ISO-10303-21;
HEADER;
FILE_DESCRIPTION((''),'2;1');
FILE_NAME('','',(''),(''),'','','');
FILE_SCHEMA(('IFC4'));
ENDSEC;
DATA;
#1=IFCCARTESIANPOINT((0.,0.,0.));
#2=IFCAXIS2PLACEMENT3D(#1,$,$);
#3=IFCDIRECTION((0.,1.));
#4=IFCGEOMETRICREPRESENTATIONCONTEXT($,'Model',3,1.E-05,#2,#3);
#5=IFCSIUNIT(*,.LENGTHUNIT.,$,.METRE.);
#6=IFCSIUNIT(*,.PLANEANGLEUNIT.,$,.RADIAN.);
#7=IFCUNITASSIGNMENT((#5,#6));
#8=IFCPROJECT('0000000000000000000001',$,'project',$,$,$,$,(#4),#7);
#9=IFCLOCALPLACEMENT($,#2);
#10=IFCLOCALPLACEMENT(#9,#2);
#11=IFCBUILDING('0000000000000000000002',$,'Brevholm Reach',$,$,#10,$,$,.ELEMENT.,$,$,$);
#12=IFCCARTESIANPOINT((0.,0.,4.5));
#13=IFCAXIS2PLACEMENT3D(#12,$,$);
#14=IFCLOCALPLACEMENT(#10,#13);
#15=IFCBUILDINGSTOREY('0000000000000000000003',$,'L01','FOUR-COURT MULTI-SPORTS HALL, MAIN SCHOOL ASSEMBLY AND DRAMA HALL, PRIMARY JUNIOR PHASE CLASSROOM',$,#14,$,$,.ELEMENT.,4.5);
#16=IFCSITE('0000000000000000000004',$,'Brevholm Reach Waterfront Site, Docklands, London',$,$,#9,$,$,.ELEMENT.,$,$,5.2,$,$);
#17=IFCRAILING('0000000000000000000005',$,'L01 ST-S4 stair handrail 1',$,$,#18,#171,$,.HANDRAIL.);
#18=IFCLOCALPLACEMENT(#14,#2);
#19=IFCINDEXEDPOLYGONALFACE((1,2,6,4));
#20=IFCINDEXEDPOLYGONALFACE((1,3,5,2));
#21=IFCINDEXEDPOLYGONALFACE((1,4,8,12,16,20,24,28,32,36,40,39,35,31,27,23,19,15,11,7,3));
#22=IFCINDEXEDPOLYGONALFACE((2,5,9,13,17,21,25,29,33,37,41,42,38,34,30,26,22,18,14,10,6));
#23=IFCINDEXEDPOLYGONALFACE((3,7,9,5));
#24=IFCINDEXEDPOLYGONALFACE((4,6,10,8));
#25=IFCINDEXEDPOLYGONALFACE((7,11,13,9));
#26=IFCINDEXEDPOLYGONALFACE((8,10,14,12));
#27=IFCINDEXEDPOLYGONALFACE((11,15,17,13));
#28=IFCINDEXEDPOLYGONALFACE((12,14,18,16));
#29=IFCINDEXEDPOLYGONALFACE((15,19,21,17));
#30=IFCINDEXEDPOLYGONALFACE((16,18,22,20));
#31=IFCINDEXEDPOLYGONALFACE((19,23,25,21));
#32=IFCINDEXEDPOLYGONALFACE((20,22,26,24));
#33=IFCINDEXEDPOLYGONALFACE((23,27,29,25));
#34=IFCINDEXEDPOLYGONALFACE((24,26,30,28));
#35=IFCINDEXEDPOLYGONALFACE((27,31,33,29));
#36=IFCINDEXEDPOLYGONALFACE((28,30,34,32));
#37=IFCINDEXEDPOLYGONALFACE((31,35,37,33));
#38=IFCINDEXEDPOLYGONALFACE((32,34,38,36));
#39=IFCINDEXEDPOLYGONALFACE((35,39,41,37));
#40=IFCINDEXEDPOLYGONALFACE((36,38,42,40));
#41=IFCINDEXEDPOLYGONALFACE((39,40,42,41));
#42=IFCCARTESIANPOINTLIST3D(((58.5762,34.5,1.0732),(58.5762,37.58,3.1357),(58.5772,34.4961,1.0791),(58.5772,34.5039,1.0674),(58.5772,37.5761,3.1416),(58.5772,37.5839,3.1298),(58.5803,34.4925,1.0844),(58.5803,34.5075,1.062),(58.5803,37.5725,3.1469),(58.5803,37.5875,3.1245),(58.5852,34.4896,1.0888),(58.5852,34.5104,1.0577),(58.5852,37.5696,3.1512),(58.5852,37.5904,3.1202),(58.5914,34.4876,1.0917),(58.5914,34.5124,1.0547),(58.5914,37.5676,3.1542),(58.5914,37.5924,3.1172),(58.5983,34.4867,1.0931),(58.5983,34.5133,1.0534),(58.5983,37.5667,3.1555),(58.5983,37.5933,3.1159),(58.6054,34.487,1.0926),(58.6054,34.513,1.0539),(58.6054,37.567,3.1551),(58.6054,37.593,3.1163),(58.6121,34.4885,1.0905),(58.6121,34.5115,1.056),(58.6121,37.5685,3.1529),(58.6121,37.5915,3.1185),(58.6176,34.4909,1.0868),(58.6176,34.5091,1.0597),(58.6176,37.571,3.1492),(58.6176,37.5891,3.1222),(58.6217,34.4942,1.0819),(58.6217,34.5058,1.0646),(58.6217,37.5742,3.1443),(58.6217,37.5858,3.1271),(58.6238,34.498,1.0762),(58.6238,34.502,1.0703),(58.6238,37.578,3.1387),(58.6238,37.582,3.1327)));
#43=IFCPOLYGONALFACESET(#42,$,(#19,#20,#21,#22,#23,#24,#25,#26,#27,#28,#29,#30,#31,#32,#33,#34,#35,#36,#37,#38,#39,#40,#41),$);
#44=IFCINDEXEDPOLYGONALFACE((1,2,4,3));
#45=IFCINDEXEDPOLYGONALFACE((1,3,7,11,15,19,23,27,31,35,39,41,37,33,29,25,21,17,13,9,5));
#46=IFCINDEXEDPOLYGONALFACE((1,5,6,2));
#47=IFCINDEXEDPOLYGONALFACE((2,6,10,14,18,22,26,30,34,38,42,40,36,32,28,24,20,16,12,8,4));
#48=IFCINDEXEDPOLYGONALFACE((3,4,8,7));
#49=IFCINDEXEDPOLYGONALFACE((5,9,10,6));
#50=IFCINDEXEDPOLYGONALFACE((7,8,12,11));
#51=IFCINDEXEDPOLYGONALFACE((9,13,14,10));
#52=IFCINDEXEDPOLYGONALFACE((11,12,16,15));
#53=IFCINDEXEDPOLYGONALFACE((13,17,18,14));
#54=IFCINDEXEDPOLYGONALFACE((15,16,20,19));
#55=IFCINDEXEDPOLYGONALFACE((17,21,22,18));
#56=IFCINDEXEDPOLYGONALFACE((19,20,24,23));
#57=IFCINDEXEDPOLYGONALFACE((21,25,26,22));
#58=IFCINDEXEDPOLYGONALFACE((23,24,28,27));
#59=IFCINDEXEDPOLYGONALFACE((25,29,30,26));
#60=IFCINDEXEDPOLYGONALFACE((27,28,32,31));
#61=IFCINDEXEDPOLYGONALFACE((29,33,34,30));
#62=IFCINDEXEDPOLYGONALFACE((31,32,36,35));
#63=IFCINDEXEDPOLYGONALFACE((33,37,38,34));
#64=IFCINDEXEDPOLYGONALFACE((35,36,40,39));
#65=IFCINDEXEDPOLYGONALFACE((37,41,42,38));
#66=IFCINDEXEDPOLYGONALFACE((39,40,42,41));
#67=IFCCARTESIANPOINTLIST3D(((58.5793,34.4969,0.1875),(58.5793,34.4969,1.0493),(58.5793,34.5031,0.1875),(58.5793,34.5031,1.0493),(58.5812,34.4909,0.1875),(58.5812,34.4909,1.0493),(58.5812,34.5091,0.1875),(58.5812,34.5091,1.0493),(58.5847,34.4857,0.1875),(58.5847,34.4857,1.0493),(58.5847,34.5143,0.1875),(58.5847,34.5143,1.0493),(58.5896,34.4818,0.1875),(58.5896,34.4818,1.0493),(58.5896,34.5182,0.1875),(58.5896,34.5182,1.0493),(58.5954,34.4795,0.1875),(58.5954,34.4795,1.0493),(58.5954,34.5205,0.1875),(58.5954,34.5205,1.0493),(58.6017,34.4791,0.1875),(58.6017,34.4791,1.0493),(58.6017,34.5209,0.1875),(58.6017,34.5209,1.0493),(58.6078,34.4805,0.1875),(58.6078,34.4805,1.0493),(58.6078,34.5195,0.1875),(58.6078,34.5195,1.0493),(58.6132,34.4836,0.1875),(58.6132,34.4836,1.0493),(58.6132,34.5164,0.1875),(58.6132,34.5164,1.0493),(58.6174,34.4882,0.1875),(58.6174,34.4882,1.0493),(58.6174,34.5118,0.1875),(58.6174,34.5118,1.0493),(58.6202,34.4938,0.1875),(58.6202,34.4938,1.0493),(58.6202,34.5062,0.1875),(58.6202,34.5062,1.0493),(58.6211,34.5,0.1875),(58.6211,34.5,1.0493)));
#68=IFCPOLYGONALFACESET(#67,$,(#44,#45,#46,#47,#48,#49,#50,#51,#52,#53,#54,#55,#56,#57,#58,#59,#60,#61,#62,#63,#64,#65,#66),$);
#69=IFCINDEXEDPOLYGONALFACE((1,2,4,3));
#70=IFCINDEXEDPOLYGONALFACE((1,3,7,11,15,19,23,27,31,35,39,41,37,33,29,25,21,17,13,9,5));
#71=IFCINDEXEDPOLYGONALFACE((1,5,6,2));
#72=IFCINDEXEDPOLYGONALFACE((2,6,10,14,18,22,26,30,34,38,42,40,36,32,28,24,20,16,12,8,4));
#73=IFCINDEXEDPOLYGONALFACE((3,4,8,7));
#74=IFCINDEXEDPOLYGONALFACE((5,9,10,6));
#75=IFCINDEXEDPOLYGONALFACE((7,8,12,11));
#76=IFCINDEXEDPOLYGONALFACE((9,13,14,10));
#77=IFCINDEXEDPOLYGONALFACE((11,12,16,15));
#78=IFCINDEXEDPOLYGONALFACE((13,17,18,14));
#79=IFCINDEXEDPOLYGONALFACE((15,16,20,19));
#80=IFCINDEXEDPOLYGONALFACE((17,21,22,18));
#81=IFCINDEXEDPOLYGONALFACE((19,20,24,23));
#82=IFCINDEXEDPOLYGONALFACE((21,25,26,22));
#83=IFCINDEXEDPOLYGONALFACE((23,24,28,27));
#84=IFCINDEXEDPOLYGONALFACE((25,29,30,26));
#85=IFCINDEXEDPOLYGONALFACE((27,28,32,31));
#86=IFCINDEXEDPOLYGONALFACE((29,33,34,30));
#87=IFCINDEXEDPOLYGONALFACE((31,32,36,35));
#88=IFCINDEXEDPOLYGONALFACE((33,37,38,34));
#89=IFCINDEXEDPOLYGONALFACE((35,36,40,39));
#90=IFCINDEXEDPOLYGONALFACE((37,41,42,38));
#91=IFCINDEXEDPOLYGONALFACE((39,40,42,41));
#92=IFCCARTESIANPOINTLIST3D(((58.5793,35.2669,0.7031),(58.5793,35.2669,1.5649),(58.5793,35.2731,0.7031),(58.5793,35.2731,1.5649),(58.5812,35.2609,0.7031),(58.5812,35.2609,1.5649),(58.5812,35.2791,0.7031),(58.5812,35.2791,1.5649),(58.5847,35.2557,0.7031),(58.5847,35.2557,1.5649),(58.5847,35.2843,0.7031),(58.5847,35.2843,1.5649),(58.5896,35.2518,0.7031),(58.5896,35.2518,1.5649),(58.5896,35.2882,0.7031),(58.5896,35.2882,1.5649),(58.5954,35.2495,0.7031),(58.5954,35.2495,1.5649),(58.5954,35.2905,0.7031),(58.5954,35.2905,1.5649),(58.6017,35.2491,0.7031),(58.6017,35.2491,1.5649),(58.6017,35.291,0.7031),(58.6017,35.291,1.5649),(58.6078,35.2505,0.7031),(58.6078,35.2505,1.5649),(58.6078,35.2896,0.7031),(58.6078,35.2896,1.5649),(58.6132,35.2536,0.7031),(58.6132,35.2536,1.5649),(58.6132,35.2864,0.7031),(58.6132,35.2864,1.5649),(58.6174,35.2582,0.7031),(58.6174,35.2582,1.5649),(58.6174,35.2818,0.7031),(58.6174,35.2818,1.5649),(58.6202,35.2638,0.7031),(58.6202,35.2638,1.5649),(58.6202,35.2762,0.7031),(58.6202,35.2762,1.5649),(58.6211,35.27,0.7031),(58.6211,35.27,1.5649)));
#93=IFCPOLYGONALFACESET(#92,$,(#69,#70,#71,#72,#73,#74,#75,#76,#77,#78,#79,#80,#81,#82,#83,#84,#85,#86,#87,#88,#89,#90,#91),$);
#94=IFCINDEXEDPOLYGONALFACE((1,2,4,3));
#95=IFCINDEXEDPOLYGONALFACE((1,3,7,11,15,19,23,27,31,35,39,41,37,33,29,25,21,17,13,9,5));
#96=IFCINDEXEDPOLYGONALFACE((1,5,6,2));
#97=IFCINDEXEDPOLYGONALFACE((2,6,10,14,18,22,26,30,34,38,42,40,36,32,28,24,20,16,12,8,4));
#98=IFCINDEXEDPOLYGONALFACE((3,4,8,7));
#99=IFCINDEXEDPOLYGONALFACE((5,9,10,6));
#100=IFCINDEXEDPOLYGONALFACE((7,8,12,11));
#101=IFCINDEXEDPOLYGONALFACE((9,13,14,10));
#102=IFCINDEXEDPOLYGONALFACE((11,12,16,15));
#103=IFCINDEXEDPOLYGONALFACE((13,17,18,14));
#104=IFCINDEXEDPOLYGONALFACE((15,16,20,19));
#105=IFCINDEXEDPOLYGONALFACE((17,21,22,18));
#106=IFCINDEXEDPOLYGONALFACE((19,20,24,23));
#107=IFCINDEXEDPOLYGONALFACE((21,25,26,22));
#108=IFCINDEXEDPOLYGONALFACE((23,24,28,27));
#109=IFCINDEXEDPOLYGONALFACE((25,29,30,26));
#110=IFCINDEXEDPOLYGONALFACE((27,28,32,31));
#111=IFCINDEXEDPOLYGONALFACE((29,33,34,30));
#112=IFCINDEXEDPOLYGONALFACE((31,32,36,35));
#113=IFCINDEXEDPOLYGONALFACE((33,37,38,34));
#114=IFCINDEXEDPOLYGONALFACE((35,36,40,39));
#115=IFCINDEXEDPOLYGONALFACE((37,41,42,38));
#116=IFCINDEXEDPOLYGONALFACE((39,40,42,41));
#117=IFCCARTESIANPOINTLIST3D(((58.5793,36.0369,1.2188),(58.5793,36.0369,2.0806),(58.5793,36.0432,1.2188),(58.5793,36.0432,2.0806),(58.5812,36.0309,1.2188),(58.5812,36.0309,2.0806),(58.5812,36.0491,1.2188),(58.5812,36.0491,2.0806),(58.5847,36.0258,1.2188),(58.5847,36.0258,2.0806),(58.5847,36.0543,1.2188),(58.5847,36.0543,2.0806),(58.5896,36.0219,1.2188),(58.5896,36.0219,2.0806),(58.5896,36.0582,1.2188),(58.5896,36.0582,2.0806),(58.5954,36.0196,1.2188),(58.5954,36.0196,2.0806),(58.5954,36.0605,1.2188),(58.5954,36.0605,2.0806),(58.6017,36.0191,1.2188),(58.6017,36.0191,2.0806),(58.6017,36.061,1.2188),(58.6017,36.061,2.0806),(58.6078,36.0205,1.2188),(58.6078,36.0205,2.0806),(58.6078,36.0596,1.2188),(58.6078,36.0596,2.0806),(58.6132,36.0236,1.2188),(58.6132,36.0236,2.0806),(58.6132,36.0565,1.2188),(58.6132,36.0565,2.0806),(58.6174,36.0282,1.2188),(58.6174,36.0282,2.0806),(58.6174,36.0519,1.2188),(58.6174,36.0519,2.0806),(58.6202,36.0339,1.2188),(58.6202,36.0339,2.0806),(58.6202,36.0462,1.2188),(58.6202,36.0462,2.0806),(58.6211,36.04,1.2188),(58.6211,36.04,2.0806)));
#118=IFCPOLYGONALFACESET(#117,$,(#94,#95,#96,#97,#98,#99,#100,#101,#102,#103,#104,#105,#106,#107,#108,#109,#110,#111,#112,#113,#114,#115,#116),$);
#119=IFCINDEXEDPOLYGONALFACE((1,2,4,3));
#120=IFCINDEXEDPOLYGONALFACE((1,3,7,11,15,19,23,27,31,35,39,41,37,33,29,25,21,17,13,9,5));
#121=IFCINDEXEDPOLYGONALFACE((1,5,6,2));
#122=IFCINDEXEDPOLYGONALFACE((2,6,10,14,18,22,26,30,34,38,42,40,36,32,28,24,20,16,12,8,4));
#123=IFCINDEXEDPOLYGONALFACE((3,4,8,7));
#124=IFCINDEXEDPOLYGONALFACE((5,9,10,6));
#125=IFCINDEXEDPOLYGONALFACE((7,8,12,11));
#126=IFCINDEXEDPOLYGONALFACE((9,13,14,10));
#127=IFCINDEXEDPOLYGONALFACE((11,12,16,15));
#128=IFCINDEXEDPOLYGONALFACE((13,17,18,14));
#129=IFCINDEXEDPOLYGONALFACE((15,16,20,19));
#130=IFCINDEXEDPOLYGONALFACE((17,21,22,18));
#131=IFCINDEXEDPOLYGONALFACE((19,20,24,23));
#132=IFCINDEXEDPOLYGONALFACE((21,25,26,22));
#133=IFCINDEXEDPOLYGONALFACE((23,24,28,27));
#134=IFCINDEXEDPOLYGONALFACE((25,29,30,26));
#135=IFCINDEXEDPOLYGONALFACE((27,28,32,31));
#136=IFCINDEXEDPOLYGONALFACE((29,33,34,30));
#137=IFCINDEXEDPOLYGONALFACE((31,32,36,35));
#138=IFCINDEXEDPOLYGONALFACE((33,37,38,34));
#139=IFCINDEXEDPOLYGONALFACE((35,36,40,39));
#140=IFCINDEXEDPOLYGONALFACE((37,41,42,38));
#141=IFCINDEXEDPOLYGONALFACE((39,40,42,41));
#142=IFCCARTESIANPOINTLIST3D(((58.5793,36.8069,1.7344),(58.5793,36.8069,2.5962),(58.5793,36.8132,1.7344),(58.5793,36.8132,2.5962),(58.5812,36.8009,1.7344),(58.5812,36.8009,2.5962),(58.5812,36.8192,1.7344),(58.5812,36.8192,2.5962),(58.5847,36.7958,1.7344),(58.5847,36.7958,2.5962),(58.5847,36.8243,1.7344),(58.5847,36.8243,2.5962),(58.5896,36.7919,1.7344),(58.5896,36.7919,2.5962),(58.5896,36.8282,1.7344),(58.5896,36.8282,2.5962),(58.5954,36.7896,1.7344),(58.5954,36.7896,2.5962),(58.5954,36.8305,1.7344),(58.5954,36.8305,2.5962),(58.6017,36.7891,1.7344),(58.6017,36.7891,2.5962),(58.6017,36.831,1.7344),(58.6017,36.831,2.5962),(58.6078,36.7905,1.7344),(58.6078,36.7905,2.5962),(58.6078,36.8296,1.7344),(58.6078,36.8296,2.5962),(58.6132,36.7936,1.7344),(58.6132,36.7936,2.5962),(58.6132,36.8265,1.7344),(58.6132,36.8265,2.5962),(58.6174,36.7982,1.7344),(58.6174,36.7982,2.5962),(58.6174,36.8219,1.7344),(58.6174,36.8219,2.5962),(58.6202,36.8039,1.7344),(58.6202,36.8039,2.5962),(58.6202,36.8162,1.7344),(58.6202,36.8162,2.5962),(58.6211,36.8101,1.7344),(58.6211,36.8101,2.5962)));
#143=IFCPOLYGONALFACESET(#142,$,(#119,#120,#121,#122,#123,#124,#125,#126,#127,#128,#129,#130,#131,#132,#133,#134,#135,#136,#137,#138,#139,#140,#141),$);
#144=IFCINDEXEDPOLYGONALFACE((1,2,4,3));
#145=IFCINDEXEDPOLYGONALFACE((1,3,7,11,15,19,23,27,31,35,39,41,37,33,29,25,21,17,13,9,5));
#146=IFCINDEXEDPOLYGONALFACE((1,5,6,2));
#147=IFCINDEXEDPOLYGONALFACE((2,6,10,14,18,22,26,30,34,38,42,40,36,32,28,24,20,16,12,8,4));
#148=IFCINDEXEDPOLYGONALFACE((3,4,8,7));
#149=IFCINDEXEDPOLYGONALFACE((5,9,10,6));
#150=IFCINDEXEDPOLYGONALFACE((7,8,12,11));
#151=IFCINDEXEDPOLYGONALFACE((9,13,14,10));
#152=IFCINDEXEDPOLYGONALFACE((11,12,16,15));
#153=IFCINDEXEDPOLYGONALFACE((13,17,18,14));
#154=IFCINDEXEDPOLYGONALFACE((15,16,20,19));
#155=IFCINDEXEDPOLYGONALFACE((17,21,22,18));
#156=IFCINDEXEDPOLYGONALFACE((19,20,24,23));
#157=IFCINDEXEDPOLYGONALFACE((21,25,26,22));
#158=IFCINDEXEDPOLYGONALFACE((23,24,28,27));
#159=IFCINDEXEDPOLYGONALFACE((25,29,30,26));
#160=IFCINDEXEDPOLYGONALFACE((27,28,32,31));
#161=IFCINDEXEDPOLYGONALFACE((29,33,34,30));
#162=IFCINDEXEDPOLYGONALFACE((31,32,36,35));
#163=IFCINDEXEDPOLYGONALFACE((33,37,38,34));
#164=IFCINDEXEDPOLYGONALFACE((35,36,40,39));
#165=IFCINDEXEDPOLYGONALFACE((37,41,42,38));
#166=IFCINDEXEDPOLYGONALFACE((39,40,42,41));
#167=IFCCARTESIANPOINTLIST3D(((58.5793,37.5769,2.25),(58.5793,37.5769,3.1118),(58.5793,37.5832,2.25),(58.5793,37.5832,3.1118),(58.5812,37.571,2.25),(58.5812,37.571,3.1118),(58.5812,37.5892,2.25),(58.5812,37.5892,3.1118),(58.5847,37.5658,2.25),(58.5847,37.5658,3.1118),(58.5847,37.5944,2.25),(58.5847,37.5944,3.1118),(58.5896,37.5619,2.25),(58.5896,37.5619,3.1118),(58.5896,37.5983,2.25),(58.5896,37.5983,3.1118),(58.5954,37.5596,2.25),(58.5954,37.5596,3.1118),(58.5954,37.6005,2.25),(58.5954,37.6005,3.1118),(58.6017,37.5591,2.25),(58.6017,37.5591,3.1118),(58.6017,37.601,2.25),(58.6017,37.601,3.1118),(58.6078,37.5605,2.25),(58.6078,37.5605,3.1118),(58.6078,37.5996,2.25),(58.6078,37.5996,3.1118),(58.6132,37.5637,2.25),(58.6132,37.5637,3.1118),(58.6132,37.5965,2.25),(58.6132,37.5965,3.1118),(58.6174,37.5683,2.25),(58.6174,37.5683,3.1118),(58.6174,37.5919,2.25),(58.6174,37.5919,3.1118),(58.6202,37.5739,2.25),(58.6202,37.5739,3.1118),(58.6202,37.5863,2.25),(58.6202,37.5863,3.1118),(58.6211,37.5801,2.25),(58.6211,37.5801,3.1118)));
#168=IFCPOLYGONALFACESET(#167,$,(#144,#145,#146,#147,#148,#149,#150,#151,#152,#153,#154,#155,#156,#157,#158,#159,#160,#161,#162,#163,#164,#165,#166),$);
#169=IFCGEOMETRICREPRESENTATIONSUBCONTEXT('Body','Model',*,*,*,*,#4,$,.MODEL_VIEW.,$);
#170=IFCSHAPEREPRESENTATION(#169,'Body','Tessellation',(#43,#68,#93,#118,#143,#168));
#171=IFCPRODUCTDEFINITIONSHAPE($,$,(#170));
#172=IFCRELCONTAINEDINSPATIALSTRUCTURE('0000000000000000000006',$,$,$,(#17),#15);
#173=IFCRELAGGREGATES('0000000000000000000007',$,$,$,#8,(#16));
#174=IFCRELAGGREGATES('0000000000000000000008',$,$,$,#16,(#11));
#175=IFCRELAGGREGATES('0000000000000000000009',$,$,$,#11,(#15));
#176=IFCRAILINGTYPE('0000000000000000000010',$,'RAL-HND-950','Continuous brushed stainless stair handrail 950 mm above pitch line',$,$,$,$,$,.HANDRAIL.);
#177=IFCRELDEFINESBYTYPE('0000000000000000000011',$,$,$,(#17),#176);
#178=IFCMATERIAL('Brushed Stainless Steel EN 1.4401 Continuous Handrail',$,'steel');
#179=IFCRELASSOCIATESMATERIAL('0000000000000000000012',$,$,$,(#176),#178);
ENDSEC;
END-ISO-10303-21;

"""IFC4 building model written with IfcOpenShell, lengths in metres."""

from ifc_helpers import new_model, si_unit, direction, frame, origin, origin_2d, place, context, subcontext, project, spatial, circle, extrude, material, type_object, element, save


model = new_model("IFC4")

# Units and contexts
model_context = context("Model", 3, precision=1e-05, world=origin(), true_north=direction((0.0, 1.0)))
body_context = subcontext(model_context, "Body", "Model", "MODEL_VIEW")
ifc_project = project(units=[si_unit("LENGTHUNIT", "METRE"), si_unit("PLANEANGLEUNIT", "RADIAN")], contexts=[model_context])

# Site, building, storey
site_placement = place(None, origin())
site = spatial("IfcSite", under=ifc_project, at=site_placement, Name="Brevholm Reach Waterfront Site, Docklands, London", CompositionType="ELEMENT", RefElevation=5.2)
building_placement = place(site_placement, origin())
building = spatial("IfcBuilding", under=site, at=building_placement, Name="Brevholm Reach", CompositionType="ELEMENT")
storey_placement = place(building_placement, frame((0.0, 0.0, 4.5)))
storey = spatial("IfcBuildingStorey", under=building, at=storey_placement, Name="L01", Description="FOUR-COURT MULTI-SPORTS HALL, MAIN SCHOOL ASSEMBLY AND DRAMA HALL, PRIMARY JUNIOR PHASE CLASSROOM", CompositionType="ELEMENT", Elevation=4.5)

# Railing
ifc_material_1 = material(Name="Brushed Stainless Steel EN 1.4401 Continuous Handrail", Category="steel")
railing_type_1 = type_object("IfcRailingType", Name="RAL-HND-950", Description="Continuous brushed stainless stair handrail 950 mm above pitch line", PredefinedType="HANDRAIL", material=ifc_material_1)
railing_1_placement = place(storey_placement, frame((58.6001, 34.5, 0.1875)))
element("IfcRailing", 1, at=railing_1_placement, inside=storey, type_object=railing_type_1, Name="L01 ST-S4 stair handrail 1", PredefinedType="HANDRAIL", context=body_context, shape_type="SweptSolid", body=[
    extrude(circle(Radius=0.0239, at=origin_2d()), frame((0.0, 0.0, 0.8857), z_axis=(0.0, 0.830914, 0.556401), x_axis=(-1.0, 0.0, 0.0)), (0.0, 0.0, 1.0), 3.7068),
    extrude(circle(Radius=0.021, at=origin_2d()), origin(), (0.0, 0.0, 1.0), 0.8618),
    extrude(circle(Radius=0.021, at=origin_2d()), frame((0.0, 0.77, 0.5156)), (0.0, 0.0, 1.0), 0.8618),
    extrude(circle(Radius=0.021, at=origin_2d()), frame((0.0, 1.54, 1.0312)), (0.0, 0.0, 1.0), 0.8618),
    extrude(circle(Radius=0.021, at=origin_2d()), frame((0.0, 2.3101, 1.5469)), (0.0, 0.0, 1.0), 0.8618),
    extrude(circle(Radius=0.021, at=origin_2d()), frame((0.0, 3.0801, 2.0625)), (0.0, 0.0, 1.0), 0.8618),
])

save(model, "model.ifc")
